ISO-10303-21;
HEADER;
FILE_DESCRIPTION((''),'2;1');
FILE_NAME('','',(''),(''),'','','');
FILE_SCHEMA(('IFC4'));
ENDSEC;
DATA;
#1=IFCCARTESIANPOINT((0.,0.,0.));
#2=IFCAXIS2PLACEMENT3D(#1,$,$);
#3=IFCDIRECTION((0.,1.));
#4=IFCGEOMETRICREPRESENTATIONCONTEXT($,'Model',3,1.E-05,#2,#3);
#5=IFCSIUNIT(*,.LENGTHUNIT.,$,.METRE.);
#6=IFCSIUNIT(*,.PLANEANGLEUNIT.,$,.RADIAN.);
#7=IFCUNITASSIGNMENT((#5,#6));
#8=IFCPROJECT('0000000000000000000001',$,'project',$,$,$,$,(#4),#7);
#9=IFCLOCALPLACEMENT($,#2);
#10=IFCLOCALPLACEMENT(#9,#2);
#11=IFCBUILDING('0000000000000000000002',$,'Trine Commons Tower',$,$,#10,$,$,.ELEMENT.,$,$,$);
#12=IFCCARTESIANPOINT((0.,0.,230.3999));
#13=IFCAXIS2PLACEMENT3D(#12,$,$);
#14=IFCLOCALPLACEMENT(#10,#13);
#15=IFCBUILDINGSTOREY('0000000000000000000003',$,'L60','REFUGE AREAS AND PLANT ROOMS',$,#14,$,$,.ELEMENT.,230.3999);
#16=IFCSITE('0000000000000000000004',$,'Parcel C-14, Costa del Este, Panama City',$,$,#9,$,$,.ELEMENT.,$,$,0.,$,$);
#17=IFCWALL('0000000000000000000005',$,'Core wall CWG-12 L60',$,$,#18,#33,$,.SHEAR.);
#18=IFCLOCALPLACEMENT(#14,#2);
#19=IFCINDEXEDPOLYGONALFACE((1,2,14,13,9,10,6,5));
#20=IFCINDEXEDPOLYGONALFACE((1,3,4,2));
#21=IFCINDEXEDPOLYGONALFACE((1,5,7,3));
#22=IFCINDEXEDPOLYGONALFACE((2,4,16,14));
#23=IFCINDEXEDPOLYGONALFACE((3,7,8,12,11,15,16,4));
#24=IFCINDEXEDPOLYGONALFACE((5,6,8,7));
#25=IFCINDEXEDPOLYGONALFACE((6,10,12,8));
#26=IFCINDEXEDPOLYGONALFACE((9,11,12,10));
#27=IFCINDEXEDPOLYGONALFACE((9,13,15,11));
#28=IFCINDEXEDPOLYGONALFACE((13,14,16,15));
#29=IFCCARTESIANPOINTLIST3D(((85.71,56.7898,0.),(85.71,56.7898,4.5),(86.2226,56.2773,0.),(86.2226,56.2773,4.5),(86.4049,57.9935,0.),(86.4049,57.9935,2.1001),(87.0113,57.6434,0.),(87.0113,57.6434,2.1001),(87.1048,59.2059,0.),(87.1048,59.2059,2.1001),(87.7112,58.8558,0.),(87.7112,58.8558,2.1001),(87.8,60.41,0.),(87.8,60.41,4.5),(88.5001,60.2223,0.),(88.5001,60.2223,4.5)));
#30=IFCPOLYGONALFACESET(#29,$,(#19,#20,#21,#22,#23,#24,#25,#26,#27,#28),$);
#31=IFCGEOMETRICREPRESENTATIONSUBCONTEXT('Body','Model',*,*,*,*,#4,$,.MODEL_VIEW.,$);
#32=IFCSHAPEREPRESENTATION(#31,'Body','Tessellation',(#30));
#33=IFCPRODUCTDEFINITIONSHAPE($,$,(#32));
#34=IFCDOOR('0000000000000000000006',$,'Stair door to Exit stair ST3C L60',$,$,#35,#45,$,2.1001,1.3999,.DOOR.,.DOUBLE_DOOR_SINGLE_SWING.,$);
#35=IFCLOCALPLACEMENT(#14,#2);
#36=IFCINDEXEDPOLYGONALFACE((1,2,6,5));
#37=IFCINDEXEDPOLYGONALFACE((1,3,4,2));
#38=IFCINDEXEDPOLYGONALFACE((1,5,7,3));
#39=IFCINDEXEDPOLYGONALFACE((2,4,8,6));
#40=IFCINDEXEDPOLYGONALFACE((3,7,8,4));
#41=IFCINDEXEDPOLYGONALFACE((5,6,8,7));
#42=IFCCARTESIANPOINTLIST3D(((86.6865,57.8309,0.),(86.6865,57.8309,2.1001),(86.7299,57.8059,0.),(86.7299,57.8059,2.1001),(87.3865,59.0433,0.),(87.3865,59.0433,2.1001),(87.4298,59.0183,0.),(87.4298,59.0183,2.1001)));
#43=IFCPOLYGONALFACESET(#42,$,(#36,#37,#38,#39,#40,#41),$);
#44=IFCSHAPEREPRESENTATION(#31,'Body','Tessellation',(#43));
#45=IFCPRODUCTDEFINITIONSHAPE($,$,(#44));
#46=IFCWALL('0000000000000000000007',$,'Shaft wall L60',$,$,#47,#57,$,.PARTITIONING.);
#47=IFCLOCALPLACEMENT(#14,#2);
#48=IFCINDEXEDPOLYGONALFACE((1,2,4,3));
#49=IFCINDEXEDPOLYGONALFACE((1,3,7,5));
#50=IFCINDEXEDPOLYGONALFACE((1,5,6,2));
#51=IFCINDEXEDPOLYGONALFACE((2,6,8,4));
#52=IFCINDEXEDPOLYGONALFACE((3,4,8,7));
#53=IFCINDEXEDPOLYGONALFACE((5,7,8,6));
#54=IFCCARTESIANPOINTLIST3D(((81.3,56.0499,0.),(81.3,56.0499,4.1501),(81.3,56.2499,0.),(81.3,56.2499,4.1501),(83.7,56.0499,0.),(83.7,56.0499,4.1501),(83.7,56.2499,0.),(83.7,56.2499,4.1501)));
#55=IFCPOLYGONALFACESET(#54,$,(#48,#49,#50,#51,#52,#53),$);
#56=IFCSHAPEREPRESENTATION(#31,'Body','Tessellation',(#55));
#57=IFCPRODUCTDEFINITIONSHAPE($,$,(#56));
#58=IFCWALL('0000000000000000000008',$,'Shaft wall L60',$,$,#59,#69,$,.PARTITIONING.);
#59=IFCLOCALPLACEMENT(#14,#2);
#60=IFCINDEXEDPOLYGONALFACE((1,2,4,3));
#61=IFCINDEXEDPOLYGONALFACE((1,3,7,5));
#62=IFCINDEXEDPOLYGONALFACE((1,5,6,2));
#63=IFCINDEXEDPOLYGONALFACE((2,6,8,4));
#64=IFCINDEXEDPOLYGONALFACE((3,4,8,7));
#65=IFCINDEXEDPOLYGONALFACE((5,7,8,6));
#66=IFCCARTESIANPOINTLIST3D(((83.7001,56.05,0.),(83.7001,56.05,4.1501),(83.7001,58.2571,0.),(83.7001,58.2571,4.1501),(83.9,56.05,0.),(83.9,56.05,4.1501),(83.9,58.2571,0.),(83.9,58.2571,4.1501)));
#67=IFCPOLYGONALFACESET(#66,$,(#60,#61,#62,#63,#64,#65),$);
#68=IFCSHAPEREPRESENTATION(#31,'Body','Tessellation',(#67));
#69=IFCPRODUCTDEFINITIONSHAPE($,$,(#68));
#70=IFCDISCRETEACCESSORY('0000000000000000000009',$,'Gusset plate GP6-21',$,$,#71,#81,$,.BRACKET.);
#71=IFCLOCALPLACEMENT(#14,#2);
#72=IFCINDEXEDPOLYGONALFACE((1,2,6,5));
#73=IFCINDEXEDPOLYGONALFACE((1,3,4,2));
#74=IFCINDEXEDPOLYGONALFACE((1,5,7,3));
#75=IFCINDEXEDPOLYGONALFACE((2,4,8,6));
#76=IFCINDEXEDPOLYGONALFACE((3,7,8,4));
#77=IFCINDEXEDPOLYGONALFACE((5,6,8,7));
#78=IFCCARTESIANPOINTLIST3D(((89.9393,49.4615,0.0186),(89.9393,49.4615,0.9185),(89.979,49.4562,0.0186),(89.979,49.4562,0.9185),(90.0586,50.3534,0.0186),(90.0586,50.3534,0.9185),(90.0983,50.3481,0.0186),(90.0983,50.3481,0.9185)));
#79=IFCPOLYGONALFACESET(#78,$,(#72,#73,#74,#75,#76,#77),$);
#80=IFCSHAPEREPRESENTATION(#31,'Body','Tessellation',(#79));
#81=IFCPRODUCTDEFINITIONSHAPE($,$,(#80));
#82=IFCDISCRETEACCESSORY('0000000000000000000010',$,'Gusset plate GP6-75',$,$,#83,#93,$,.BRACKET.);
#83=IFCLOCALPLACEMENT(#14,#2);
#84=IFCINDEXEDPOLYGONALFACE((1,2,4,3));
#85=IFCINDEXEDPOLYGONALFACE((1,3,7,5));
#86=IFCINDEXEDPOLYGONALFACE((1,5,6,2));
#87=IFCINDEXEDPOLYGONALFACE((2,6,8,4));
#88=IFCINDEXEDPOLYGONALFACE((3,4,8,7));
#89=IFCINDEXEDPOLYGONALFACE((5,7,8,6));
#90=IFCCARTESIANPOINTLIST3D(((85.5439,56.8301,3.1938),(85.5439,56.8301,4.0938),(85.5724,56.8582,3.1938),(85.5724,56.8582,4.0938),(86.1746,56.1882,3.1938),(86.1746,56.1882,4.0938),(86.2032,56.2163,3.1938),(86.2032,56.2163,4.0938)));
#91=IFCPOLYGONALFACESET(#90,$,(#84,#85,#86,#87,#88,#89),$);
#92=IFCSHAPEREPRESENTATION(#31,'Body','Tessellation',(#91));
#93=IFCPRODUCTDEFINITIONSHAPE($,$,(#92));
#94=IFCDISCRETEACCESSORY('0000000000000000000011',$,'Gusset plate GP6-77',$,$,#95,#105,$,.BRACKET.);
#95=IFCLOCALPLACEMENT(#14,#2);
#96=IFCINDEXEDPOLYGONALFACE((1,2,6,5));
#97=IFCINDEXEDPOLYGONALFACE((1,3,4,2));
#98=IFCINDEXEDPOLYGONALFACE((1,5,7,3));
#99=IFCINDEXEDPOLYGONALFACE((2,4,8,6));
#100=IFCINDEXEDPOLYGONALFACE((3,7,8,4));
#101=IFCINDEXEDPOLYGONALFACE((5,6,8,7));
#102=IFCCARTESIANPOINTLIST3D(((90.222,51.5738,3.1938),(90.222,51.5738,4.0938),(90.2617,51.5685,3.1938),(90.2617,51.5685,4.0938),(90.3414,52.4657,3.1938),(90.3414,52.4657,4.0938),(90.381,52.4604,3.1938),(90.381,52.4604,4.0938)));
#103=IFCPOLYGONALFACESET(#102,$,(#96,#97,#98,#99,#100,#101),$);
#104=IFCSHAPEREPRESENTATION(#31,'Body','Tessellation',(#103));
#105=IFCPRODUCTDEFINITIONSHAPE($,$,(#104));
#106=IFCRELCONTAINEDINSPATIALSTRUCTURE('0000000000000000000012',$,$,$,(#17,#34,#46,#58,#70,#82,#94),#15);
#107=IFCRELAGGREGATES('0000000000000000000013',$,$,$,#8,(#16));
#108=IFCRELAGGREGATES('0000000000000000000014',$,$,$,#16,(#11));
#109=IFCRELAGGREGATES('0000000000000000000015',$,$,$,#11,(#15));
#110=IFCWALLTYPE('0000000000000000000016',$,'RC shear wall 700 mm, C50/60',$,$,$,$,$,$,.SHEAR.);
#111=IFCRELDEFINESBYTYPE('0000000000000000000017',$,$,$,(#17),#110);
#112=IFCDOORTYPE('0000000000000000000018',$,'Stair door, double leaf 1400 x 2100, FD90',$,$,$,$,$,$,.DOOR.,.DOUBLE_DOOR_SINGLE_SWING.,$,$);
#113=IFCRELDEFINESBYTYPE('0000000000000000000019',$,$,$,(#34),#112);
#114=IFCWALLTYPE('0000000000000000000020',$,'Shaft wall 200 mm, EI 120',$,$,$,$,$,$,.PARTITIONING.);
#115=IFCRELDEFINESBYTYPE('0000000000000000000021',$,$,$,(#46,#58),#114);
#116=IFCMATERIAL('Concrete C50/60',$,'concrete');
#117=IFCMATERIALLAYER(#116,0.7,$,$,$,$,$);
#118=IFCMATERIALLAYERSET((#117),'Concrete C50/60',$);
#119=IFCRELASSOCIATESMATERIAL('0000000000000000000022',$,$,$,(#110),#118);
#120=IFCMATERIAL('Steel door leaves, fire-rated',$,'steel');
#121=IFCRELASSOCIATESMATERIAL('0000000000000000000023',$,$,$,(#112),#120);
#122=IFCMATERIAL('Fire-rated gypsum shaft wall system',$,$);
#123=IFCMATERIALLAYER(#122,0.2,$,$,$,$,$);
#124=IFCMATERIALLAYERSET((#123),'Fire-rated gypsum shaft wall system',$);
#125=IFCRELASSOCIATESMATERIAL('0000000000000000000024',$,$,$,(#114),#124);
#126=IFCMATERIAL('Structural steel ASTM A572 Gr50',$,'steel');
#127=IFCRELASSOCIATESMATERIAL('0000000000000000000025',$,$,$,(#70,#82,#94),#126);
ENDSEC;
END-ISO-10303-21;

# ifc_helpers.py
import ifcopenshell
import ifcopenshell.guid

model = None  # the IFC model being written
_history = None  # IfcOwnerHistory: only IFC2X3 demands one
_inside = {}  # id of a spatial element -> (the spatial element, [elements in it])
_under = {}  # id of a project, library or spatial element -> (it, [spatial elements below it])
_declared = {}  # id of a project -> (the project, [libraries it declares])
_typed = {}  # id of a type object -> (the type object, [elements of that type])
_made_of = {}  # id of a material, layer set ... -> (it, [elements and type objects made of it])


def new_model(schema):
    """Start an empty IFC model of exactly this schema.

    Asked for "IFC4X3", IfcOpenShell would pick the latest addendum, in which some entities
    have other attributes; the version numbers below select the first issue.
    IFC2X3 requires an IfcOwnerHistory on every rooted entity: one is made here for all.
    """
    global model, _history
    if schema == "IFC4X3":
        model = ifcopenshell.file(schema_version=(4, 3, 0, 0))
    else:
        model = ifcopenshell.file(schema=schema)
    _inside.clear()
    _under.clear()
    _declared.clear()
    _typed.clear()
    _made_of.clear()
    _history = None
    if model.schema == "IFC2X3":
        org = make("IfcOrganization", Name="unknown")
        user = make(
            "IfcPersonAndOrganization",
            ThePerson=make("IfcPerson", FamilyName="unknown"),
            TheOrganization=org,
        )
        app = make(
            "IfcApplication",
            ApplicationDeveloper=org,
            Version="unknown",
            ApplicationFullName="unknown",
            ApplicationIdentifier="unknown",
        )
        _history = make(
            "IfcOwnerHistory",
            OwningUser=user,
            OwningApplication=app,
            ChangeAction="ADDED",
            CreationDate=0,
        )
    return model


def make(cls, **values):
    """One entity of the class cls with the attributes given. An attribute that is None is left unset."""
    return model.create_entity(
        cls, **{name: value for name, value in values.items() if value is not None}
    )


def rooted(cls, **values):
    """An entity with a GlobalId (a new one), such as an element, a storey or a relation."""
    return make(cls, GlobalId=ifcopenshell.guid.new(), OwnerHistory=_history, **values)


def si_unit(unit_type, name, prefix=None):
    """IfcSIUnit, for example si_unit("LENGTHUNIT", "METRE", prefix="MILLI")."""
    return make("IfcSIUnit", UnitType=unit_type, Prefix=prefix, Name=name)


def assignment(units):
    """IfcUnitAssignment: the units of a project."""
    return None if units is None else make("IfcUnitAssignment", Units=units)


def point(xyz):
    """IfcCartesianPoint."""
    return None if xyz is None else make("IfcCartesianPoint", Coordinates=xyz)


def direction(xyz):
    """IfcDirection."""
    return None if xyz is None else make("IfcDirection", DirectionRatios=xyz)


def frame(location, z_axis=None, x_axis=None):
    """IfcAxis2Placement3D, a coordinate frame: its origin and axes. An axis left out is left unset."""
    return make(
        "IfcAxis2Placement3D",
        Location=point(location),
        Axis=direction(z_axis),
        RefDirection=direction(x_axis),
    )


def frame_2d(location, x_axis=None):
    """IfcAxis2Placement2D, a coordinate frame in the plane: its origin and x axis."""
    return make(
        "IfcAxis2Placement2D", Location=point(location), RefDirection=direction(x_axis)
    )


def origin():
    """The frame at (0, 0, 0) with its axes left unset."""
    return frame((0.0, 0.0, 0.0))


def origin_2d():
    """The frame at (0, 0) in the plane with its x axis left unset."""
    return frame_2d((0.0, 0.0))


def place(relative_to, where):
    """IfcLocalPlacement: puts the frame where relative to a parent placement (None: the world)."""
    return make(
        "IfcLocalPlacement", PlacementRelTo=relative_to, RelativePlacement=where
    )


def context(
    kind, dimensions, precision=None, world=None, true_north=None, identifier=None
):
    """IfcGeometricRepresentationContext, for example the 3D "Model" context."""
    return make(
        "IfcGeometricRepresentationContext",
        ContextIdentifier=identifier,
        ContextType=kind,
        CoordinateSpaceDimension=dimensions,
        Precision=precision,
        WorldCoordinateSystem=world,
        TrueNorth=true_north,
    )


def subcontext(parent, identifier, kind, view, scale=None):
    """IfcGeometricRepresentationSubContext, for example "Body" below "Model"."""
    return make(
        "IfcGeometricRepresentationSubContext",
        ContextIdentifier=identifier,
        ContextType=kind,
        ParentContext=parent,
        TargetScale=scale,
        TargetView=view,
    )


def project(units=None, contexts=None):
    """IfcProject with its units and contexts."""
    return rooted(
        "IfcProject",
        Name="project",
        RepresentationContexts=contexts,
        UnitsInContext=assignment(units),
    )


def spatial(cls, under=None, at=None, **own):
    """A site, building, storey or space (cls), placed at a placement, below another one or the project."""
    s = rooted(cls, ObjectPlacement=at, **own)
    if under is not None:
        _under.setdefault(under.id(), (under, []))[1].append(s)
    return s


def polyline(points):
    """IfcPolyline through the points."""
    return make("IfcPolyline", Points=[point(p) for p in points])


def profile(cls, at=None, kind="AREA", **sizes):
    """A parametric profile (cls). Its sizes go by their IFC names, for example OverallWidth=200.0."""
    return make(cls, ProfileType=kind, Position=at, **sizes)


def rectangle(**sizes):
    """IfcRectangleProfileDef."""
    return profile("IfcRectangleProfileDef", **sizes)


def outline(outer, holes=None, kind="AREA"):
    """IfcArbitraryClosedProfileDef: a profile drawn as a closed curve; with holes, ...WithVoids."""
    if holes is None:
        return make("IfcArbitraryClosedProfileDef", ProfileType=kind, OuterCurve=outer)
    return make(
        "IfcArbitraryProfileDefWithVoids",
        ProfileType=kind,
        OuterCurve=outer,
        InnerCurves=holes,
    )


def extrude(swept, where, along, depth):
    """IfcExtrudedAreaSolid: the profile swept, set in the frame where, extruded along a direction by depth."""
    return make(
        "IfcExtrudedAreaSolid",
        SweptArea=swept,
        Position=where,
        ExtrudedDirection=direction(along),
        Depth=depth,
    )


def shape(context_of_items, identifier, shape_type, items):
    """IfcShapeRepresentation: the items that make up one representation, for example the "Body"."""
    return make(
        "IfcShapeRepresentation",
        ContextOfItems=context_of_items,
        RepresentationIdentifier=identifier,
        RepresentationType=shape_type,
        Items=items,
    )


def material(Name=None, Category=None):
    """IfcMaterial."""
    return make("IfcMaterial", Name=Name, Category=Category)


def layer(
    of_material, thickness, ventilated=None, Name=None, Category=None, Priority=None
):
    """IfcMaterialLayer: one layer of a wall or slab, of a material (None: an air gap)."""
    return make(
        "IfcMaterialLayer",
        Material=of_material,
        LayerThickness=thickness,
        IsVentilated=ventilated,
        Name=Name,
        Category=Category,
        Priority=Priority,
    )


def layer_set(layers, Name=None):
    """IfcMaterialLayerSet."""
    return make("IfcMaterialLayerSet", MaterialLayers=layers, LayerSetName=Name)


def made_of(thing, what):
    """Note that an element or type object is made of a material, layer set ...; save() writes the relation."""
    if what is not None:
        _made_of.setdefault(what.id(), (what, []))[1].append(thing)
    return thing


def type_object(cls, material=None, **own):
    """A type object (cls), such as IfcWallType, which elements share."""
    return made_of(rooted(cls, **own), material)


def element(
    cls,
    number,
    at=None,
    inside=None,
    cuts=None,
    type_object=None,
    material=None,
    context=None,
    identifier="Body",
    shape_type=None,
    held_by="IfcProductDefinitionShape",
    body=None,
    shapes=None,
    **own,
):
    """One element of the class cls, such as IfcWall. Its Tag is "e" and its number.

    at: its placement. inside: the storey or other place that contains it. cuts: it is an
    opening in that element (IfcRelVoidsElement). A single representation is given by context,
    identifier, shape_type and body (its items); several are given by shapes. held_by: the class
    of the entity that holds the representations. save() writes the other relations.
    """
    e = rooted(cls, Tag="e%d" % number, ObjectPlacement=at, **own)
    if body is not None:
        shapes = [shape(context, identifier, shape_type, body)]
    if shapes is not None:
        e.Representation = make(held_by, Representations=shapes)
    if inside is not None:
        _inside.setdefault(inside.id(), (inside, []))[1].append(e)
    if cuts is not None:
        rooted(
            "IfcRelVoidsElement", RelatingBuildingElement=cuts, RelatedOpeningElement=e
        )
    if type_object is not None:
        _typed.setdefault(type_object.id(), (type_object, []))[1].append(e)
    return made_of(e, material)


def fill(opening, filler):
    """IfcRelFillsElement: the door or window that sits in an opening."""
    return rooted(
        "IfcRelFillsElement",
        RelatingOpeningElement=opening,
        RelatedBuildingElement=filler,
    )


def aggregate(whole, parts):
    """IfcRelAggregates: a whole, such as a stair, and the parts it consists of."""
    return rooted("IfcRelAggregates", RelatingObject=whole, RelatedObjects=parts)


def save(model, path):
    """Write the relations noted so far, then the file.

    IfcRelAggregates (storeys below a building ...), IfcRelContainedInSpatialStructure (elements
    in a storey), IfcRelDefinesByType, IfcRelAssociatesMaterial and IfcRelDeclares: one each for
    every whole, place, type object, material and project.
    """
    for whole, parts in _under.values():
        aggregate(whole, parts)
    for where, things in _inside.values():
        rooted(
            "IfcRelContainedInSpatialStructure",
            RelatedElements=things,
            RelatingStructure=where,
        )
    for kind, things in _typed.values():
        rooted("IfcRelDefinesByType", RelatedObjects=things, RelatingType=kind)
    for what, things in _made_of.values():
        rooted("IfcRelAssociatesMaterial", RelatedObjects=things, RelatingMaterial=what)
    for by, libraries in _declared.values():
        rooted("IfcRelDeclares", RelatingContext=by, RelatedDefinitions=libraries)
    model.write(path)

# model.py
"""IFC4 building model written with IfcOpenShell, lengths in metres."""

from ifc_helpers import new_model, si_unit, direction, frame, frame_2d, origin, origin_2d, place, context, subcontext, project, spatial, polyline, rectangle, outline, extrude, material, layer, layer_set, type_object, element, fill, save


model = new_model("IFC4")

# Units and contexts
model_context = context("Model", 3, precision=1e-05, world=origin(), true_north=direction((0.0, 1.0)))
body_context = subcontext(model_context, "Body", "Model", "MODEL_VIEW")
ifc_project = project(units=[si_unit("LENGTHUNIT", "METRE"), si_unit("PLANEANGLEUNIT", "RADIAN")], contexts=[model_context])

# Site, building, storey
site_placement = place(None, origin())
site = spatial("IfcSite", under=ifc_project, at=site_placement, Name="Parcel C-14, Costa del Este, Panama City", CompositionType="ELEMENT", RefElevation=0.0)
building_placement = place(site_placement, origin())
building = spatial("IfcBuilding", under=site, at=building_placement, Name="Trine Commons Tower", CompositionType="ELEMENT")
storey_placement = place(building_placement, frame((0.0, 0.0, 230.3999)))
storey = spatial("IfcBuildingStorey", under=building, at=storey_placement, Name="L60", Description="REFUGE AREAS AND PLANT ROOMS", CompositionType="ELEMENT", Elevation=230.3999)

# Wall, opening, door
ifc_material_1 = material(Name="Concrete C50/60", Category="concrete")
ifc_layer_1 = layer(ifc_material_1, 0.7)
ifc_layer_set_1 = layer_set([ifc_layer_1], Name="Concrete C50/60")
wall_type_1 = type_object("IfcWallType", Name="RC shear wall 700 mm, C50/60", PredefinedType="SHEAR", material=ifc_layer_set_1)
wall_1_placement = place(storey_placement, frame((85.9194, 56.4524, 0.0), z_axis=(0.0, 0.0, 1.0), x_axis=(0.499984, 0.866035, 0.0)))
wall_1 = element("IfcWall", 1, at=wall_1_placement, inside=storey, type_object=wall_type_1, Name="Core wall CWG-12 L60", PredefinedType="SHEAR", context=body_context, shape_type="SweptSolid", body=[
    extrude(outline(polyline([(0.0, -0.3501), (4.5552, -0.3501), (4.3677, 0.3501), (0.1875, 0.3501), (0.0, -0.3501)])), origin(), (0.0, 0.0, 1.0), 4.5),
])
opening_1_placement = place(wall_1_placement, frame((1.5774, 0.0, 0.0)))
opening_1 = element("IfcOpeningElement", 2, at=opening_1_placement, cuts=wall_1, PredefinedType="OPENING", context=body_context, shape_type="SweptSolid", body=[
    extrude(rectangle(XDim=1.3999, YDim=2.1001, at=frame_2d((0.7, 1.05))), frame((0.0, 0.3599, 0.0), z_axis=(0.0, -1.0, 0.0), x_axis=(1.0, 0.0, 0.0)), (0.0, 0.0, 1.0), 0.72),
])
ifc_material_2 = material(Name="Steel door leaves, fire-rated", Category="steel")
door_type_1 = type_object("IfcDoorType", Name="Stair door, double leaf 1400 x 2100, FD90", OperationType="DOUBLE_DOOR_SINGLE_SWING", PredefinedType="DOOR", material=ifc_material_2)
door_1_placement = place(opening_1_placement, origin())
door_1 = element("IfcDoor", 3, at=door_1_placement, inside=storey, type_object=door_type_1, Name="Stair door to Exit stair ST3C L60", OperationType="DOUBLE_DOOR_SINGLE_SWING", OverallHeight=2.1001, OverallWidth=1.3999, PredefinedType="DOOR", context=body_context, shape_type="SweptSolid", body=[
    extrude(rectangle(XDim=1.3999, YDim=2.1001, at=frame_2d((0.7, 1.05))), frame((0.0, 0.0249, 0.0), z_axis=(0.0, -1.0, 0.0), x_axis=(1.0, 0.0, 0.0)), (0.0, 0.0, 1.0), 0.05),
])
fill(opening_1, door_1)

# Walls
ifc_material_3 = material(Name="Fire-rated gypsum shaft wall system")
ifc_layer_2 = layer(ifc_material_3, 0.2)
ifc_layer_set_2 = layer_set([ifc_layer_2], Name="Fire-rated gypsum shaft wall system")
wall_type_2 = type_object("IfcWallType", Name="Shaft wall 200 mm, EI 120", PredefinedType="PARTITIONING", material=ifc_layer_set_2)
wall_2_placement = place(storey_placement, frame((81.3, 56.1499, 0.0), z_axis=(0.0, 0.0, 1.0), x_axis=(1.0, 0.0, 0.0)))
element("IfcWall", 4, at=wall_2_placement, inside=storey, type_object=wall_type_2, Name="Shaft wall L60", PredefinedType="PARTITIONING", context=body_context, shape_type="SweptSolid", body=[
    extrude(rectangle(XDim=2.3999, YDim=0.2, at=frame_2d((1.2, 0.0))), origin(), (0.0, 0.0, 1.0), 4.1501),
])
wall_3_placement = place(storey_placement, frame((83.8, 58.2571, 0.0), z_axis=(0.0, 0.0, 1.0), x_axis=(0.0, -1.0, 0.0)))
element("IfcWall", 5, at=wall_3_placement, inside=storey, type_object=wall_type_2, Name="Shaft wall L60", PredefinedType="PARTITIONING", context=body_context, shape_type="SweptSolid", body=[
    extrude(rectangle(XDim=2.207, YDim=0.2, at=frame_2d((1.1035, 0.0))), origin(), (0.0, 0.0, 1.0), 4.1501),
])

# Discrete accessories
ifc_material_4 = material(Name="Structural steel ASTM A572 Gr50", Category="steel")
for number, where, z_axis, x_axis, name in (
    (6, (90.0188, 49.9048, 0.0186), (0.0, 0.0, 1.0), (0.132637, 0.991165, 0.0), "Gusset plate GP6-21"),
    (7, (85.8735, 56.5232, 3.1938), (0.0, 0.0, 1.0), (0.700909, -0.71325, 0.0), "Gusset plate GP6-75"),
    (8, (90.3015, 52.0171, 3.1938), (0.0, 0.0, 1.0), (0.132637, 0.991165, 0.0), "Gusset plate GP6-77"),
):
    element("IfcDiscreteAccessory", number, at=place(storey_placement, frame(where, z_axis=z_axis, x_axis=x_axis)), inside=storey, material=ifc_material_4, Name=name, PredefinedType="BRACKET", context=body_context, shape_type="SweptSolid", body=[
        extrude(rectangle(XDim=0.8999, YDim=0.04, at=origin_2d()), origin(), (0.0, 0.0, 1.0), 0.8999),
    ])

save(model, "model.ifc")
